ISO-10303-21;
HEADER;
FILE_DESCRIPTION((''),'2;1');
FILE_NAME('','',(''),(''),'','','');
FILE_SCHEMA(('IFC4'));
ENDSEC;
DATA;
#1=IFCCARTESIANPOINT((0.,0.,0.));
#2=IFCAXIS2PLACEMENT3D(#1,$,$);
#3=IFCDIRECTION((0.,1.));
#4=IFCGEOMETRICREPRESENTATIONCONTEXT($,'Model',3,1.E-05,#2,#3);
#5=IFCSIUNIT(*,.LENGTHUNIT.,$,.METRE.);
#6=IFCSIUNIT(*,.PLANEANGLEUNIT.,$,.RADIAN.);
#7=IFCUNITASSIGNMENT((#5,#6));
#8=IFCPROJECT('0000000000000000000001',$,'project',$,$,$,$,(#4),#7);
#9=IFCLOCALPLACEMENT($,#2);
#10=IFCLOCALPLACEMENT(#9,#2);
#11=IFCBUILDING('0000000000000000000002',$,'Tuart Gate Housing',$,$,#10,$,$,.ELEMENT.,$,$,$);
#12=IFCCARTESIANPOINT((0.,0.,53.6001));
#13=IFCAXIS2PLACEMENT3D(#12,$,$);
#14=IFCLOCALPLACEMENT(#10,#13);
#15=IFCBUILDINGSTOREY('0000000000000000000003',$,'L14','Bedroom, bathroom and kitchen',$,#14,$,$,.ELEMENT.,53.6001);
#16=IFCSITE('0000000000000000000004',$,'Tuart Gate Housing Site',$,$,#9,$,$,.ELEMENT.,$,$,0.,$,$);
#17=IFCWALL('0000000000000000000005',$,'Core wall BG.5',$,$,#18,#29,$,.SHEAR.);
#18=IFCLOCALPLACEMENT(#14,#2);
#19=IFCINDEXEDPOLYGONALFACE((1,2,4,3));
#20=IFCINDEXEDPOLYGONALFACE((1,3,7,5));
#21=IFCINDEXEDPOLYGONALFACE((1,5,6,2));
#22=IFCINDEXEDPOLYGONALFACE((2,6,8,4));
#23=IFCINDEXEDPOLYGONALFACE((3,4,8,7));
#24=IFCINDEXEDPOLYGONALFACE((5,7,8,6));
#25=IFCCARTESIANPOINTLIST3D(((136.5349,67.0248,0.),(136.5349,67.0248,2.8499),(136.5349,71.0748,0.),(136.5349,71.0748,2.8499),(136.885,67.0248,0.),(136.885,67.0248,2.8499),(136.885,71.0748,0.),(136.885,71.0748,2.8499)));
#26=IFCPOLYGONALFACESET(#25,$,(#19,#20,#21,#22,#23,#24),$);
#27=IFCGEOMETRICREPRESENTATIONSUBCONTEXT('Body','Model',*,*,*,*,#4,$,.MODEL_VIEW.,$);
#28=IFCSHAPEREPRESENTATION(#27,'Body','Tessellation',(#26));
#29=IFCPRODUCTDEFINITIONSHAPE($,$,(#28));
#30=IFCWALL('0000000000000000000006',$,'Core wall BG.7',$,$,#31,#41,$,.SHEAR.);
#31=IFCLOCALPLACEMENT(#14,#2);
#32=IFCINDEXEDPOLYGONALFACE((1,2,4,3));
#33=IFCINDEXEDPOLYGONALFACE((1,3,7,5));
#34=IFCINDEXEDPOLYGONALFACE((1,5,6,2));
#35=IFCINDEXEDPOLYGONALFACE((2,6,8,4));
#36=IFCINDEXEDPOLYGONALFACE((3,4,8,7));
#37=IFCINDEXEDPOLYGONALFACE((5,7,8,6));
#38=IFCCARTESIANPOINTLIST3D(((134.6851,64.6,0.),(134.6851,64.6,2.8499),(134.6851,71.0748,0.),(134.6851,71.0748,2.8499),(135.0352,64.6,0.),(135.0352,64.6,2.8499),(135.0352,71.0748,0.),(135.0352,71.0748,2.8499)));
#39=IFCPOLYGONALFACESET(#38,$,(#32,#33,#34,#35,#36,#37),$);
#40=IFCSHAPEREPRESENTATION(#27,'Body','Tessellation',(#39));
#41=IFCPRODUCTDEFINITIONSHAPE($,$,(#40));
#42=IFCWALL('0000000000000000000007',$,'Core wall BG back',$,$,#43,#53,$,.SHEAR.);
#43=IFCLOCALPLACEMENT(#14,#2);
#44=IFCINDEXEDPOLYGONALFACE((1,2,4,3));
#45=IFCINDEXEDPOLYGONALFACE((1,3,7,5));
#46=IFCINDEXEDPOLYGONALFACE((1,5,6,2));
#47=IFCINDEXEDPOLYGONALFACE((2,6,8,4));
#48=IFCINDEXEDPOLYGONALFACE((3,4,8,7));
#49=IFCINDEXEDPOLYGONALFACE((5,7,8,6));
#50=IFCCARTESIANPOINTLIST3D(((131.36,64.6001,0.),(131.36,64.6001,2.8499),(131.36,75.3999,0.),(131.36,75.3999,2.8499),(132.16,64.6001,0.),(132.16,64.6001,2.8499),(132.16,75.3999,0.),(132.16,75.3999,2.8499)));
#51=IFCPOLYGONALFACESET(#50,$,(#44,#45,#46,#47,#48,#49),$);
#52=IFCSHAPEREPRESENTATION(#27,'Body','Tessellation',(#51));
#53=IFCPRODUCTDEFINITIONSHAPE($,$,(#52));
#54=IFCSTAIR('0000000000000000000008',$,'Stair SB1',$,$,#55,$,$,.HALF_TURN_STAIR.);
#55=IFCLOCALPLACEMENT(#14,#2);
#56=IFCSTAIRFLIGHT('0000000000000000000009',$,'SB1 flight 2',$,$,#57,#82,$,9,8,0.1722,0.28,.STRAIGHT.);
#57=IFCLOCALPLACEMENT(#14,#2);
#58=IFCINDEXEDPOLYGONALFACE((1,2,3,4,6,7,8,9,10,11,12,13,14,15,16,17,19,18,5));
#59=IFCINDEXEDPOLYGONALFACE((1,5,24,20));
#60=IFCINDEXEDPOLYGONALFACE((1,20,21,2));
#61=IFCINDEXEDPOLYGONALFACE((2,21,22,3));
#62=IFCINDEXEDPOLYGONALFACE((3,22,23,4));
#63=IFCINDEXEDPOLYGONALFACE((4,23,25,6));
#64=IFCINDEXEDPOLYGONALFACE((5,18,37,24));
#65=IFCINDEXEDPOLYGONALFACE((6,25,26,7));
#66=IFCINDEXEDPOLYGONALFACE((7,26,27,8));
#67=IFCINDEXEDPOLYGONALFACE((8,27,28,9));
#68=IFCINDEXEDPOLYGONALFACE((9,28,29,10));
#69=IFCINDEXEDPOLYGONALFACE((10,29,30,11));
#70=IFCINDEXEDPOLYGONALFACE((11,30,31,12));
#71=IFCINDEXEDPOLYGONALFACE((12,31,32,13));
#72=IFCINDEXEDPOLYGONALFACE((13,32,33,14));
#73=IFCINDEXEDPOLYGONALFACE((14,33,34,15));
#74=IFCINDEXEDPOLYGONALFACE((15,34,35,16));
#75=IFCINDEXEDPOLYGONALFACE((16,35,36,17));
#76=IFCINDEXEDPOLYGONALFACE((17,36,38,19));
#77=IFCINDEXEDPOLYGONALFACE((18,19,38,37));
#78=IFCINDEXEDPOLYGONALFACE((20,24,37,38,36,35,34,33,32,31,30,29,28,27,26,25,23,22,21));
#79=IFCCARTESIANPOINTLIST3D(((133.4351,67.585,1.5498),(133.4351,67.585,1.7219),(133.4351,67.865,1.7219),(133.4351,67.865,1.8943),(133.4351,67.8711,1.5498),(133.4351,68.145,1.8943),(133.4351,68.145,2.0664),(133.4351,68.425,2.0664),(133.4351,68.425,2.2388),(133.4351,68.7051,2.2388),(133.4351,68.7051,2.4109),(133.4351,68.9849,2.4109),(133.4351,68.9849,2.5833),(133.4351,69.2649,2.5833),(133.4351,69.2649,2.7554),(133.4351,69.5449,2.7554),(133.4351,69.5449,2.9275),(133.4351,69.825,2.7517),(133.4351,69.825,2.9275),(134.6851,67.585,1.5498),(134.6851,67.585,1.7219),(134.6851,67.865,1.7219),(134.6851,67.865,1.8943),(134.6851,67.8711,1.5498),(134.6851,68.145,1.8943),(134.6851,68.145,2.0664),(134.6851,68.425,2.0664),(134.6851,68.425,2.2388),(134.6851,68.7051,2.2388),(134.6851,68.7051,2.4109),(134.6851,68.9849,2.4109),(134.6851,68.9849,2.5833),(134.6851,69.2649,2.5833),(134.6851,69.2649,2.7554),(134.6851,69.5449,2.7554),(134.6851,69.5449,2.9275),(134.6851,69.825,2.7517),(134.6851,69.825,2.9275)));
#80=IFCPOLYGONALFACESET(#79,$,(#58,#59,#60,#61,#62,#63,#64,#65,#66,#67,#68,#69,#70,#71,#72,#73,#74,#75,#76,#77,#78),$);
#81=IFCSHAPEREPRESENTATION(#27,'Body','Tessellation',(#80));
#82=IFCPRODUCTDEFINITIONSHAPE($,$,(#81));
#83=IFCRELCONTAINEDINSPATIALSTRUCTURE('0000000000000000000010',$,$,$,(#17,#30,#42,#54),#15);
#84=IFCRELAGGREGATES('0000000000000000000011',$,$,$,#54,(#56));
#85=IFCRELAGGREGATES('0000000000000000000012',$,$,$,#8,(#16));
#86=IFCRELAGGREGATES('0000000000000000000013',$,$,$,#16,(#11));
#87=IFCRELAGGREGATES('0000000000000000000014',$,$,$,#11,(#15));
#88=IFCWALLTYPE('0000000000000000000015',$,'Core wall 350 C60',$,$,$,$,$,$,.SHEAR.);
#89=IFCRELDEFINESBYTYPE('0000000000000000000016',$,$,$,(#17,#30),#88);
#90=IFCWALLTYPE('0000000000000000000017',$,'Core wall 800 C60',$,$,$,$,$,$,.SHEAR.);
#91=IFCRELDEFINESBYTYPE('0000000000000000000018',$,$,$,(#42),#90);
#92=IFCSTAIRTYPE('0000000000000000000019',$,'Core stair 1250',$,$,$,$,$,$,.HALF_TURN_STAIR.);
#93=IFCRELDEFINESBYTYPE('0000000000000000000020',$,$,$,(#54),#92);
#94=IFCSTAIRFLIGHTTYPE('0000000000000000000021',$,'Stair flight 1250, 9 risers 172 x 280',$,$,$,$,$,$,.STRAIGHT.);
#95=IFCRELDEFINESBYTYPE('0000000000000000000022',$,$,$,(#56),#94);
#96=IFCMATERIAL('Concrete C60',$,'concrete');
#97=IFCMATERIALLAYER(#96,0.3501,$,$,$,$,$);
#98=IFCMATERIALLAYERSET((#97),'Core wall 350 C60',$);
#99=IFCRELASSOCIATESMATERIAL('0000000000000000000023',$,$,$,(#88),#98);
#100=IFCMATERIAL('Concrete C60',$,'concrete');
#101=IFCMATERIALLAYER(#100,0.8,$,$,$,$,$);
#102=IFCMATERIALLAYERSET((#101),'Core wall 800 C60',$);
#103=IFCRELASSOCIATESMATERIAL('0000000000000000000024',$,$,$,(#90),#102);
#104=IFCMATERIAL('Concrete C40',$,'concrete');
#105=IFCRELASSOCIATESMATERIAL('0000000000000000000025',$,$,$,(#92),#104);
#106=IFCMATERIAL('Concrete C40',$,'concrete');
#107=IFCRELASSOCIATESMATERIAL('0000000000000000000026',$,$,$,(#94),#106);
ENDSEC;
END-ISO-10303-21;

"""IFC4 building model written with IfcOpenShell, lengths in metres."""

from ifc_helpers import new_model, si_unit, direction, frame, frame_2d, origin, place, context, subcontext, project, spatial, polyline, rectangle, outline, extrude, material, layer, layer_set, type_object, element, aggregate, save


model = new_model("IFC4")

# Units and contexts
model_context = context("Model", 3, precision=1e-05, world=origin(), true_north=direction((0.0, 1.0)))
body_context = subcontext(model_context, "Body", "Model", "MODEL_VIEW")
ifc_project = project(units=[si_unit("LENGTHUNIT", "METRE"), si_unit("PLANEANGLEUNIT", "RADIAN")], contexts=[model_context])

# Site, building, storey
site_placement = place(None, origin())
site = spatial("IfcSite", under=ifc_project, at=site_placement, Name="Tuart Gate Housing Site", CompositionType="ELEMENT", RefElevation=0.0)
building_placement = place(site_placement, origin())
building = spatial("IfcBuilding", under=site, at=building_placement, Name="Tuart Gate Housing", CompositionType="ELEMENT")
storey_placement = place(building_placement, frame((0.0, 0.0, 53.6001)))
storey = spatial("IfcBuildingStorey", under=building, at=storey_placement, Name="L14", Description="Bedroom, bathroom and kitchen", CompositionType="ELEMENT", Elevation=53.6001)

# Walls
ifc_material_1 = material(Name="Concrete C60", Category="concrete")
ifc_layer_1 = layer(ifc_material_1, 0.3501)
ifc_layer_set_1 = layer_set([ifc_layer_1], Name="Core wall 350 C60")
wall_type_1 = type_object("IfcWallType", Name="Core wall 350 C60", PredefinedType="SHEAR", material=ifc_layer_set_1)
wall_1_placement = place(storey_placement, frame((136.71, 67.0249, 0.0), z_axis=(0.0, 0.0, 1.0), x_axis=(0.0, 1.0, 0.0)))
element("IfcWall", 1, at=wall_1_placement, inside=storey, type_object=wall_type_1, Name="Core wall BG.5", PredefinedType="SHEAR", context=body_context, shape_type="SweptSolid", body=[
    extrude(rectangle(XDim=4.05, YDim=0.3501, at=frame_2d((2.0249, 0.0))), origin(), (0.0, 0.0, 1.0), 2.8499),
])
wall_2_placement = place(storey_placement, frame((134.8601, 64.6001, 0.0), z_axis=(0.0, 0.0, 1.0), x_axis=(0.0, 1.0, 0.0)))
element("IfcWall", 2, at=wall_2_placement, inside=storey, type_object=wall_type_1, Name="Core wall BG.7", PredefinedType="SHEAR", context=body_context, shape_type="SweptSolid", body=[
    extrude(rectangle(XDim=6.4749, YDim=0.3501, at=frame_2d((3.2373, 0.0))), origin(), (0.0, 0.0, 1.0), 2.8499),
])
ifc_material_2 = material(Name="Concrete C60", Category="concrete")
ifc_layer_2 = layer(ifc_material_2, 0.8)
ifc_layer_set_2 = layer_set([ifc_layer_2], Name="Core wall 800 C60")
wall_type_2 = type_object("IfcWallType", Name="Core wall 800 C60", PredefinedType="SHEAR", material=ifc_layer_set_2)
wall_3_placement = place(storey_placement, frame((131.76, 64.6001, 0.0), z_axis=(0.0, 0.0, 1.0), x_axis=(0.0, 1.0, 0.0)))
element("IfcWall", 3, at=wall_3_placement, inside=storey, type_object=wall_type_2, Name="Core wall BG back", PredefinedType="SHEAR", context=body_context, shape_type="SweptSolid", body=[
    extrude(rectangle(XDim=10.7998, YDim=0.8, at=frame_2d((5.3999, 0.0))), origin(), (0.0, 0.0, 1.0), 2.8499),
])

# Stair, stair flight
ifc_material_3 = material(Name="Concrete C40", Category="concrete")
stair_type = type_object("IfcStairType", Name="Core stair 1250", PredefinedType="HALF_TURN_STAIR", material=ifc_material_3)
stair_placement = place(storey_placement, origin())
stair = element("IfcStair", 4, at=stair_placement, inside=storey, type_object=stair_type, Name="Stair SB1", PredefinedType="HALF_TURN_STAIR")
ifc_material_4 = material(Name="Concrete C40", Category="concrete")
stair_flight_type = type_object("IfcStairFlightType", Name="Stair flight 1250, 9 risers 172 x 280", PredefinedType="STRAIGHT", material=ifc_material_4)
stair_flight_placement = place(storey_placement, frame((134.0601, 67.585, 1.5498), z_axis=(0.0, 0.0, 1.0), x_axis=(0.0, 1.0, 0.0)))
stair_flight = element("IfcStairFlight", 5, at=stair_flight_placement, type_object=stair_flight_type, Name="SB1 flight 2", NumberOfRisers=9, NumberOfTreads=8, PredefinedType="STRAIGHT", RiserHeight=0.1722, TreadLength=0.28, context=body_context, shape_type="SweptSolid", body=[
    extrude(outline(polyline([(0.0, 0.0), (0.0, 0.1721), (0.28, 0.1721), (0.28, 0.3445), (0.5601, 0.3445), (0.5601, 0.5166), (0.8401, 0.5166), (0.8401, 0.689), (1.1201, 0.689), (1.1201, 0.8611), (1.3999, 0.8611), (1.3999, 1.0334), (1.6799, 1.0334), (1.6799, 1.2056), (1.96, 1.2056), (1.96, 1.3777), (2.24, 1.3777), (2.24, 1.55), (2.24, 1.2019), (0.2861, 0.0), (0.0, 0.0)])), frame((0.0, 0.625, 0.0), z_axis=(0.0, -1.0, 0.0), x_axis=(1.0, 0.0, 0.0)), (0.0, 0.0, 1.0), 1.25),
])
aggregate(stair, [stair_flight])

save(model, "model.ifc")
